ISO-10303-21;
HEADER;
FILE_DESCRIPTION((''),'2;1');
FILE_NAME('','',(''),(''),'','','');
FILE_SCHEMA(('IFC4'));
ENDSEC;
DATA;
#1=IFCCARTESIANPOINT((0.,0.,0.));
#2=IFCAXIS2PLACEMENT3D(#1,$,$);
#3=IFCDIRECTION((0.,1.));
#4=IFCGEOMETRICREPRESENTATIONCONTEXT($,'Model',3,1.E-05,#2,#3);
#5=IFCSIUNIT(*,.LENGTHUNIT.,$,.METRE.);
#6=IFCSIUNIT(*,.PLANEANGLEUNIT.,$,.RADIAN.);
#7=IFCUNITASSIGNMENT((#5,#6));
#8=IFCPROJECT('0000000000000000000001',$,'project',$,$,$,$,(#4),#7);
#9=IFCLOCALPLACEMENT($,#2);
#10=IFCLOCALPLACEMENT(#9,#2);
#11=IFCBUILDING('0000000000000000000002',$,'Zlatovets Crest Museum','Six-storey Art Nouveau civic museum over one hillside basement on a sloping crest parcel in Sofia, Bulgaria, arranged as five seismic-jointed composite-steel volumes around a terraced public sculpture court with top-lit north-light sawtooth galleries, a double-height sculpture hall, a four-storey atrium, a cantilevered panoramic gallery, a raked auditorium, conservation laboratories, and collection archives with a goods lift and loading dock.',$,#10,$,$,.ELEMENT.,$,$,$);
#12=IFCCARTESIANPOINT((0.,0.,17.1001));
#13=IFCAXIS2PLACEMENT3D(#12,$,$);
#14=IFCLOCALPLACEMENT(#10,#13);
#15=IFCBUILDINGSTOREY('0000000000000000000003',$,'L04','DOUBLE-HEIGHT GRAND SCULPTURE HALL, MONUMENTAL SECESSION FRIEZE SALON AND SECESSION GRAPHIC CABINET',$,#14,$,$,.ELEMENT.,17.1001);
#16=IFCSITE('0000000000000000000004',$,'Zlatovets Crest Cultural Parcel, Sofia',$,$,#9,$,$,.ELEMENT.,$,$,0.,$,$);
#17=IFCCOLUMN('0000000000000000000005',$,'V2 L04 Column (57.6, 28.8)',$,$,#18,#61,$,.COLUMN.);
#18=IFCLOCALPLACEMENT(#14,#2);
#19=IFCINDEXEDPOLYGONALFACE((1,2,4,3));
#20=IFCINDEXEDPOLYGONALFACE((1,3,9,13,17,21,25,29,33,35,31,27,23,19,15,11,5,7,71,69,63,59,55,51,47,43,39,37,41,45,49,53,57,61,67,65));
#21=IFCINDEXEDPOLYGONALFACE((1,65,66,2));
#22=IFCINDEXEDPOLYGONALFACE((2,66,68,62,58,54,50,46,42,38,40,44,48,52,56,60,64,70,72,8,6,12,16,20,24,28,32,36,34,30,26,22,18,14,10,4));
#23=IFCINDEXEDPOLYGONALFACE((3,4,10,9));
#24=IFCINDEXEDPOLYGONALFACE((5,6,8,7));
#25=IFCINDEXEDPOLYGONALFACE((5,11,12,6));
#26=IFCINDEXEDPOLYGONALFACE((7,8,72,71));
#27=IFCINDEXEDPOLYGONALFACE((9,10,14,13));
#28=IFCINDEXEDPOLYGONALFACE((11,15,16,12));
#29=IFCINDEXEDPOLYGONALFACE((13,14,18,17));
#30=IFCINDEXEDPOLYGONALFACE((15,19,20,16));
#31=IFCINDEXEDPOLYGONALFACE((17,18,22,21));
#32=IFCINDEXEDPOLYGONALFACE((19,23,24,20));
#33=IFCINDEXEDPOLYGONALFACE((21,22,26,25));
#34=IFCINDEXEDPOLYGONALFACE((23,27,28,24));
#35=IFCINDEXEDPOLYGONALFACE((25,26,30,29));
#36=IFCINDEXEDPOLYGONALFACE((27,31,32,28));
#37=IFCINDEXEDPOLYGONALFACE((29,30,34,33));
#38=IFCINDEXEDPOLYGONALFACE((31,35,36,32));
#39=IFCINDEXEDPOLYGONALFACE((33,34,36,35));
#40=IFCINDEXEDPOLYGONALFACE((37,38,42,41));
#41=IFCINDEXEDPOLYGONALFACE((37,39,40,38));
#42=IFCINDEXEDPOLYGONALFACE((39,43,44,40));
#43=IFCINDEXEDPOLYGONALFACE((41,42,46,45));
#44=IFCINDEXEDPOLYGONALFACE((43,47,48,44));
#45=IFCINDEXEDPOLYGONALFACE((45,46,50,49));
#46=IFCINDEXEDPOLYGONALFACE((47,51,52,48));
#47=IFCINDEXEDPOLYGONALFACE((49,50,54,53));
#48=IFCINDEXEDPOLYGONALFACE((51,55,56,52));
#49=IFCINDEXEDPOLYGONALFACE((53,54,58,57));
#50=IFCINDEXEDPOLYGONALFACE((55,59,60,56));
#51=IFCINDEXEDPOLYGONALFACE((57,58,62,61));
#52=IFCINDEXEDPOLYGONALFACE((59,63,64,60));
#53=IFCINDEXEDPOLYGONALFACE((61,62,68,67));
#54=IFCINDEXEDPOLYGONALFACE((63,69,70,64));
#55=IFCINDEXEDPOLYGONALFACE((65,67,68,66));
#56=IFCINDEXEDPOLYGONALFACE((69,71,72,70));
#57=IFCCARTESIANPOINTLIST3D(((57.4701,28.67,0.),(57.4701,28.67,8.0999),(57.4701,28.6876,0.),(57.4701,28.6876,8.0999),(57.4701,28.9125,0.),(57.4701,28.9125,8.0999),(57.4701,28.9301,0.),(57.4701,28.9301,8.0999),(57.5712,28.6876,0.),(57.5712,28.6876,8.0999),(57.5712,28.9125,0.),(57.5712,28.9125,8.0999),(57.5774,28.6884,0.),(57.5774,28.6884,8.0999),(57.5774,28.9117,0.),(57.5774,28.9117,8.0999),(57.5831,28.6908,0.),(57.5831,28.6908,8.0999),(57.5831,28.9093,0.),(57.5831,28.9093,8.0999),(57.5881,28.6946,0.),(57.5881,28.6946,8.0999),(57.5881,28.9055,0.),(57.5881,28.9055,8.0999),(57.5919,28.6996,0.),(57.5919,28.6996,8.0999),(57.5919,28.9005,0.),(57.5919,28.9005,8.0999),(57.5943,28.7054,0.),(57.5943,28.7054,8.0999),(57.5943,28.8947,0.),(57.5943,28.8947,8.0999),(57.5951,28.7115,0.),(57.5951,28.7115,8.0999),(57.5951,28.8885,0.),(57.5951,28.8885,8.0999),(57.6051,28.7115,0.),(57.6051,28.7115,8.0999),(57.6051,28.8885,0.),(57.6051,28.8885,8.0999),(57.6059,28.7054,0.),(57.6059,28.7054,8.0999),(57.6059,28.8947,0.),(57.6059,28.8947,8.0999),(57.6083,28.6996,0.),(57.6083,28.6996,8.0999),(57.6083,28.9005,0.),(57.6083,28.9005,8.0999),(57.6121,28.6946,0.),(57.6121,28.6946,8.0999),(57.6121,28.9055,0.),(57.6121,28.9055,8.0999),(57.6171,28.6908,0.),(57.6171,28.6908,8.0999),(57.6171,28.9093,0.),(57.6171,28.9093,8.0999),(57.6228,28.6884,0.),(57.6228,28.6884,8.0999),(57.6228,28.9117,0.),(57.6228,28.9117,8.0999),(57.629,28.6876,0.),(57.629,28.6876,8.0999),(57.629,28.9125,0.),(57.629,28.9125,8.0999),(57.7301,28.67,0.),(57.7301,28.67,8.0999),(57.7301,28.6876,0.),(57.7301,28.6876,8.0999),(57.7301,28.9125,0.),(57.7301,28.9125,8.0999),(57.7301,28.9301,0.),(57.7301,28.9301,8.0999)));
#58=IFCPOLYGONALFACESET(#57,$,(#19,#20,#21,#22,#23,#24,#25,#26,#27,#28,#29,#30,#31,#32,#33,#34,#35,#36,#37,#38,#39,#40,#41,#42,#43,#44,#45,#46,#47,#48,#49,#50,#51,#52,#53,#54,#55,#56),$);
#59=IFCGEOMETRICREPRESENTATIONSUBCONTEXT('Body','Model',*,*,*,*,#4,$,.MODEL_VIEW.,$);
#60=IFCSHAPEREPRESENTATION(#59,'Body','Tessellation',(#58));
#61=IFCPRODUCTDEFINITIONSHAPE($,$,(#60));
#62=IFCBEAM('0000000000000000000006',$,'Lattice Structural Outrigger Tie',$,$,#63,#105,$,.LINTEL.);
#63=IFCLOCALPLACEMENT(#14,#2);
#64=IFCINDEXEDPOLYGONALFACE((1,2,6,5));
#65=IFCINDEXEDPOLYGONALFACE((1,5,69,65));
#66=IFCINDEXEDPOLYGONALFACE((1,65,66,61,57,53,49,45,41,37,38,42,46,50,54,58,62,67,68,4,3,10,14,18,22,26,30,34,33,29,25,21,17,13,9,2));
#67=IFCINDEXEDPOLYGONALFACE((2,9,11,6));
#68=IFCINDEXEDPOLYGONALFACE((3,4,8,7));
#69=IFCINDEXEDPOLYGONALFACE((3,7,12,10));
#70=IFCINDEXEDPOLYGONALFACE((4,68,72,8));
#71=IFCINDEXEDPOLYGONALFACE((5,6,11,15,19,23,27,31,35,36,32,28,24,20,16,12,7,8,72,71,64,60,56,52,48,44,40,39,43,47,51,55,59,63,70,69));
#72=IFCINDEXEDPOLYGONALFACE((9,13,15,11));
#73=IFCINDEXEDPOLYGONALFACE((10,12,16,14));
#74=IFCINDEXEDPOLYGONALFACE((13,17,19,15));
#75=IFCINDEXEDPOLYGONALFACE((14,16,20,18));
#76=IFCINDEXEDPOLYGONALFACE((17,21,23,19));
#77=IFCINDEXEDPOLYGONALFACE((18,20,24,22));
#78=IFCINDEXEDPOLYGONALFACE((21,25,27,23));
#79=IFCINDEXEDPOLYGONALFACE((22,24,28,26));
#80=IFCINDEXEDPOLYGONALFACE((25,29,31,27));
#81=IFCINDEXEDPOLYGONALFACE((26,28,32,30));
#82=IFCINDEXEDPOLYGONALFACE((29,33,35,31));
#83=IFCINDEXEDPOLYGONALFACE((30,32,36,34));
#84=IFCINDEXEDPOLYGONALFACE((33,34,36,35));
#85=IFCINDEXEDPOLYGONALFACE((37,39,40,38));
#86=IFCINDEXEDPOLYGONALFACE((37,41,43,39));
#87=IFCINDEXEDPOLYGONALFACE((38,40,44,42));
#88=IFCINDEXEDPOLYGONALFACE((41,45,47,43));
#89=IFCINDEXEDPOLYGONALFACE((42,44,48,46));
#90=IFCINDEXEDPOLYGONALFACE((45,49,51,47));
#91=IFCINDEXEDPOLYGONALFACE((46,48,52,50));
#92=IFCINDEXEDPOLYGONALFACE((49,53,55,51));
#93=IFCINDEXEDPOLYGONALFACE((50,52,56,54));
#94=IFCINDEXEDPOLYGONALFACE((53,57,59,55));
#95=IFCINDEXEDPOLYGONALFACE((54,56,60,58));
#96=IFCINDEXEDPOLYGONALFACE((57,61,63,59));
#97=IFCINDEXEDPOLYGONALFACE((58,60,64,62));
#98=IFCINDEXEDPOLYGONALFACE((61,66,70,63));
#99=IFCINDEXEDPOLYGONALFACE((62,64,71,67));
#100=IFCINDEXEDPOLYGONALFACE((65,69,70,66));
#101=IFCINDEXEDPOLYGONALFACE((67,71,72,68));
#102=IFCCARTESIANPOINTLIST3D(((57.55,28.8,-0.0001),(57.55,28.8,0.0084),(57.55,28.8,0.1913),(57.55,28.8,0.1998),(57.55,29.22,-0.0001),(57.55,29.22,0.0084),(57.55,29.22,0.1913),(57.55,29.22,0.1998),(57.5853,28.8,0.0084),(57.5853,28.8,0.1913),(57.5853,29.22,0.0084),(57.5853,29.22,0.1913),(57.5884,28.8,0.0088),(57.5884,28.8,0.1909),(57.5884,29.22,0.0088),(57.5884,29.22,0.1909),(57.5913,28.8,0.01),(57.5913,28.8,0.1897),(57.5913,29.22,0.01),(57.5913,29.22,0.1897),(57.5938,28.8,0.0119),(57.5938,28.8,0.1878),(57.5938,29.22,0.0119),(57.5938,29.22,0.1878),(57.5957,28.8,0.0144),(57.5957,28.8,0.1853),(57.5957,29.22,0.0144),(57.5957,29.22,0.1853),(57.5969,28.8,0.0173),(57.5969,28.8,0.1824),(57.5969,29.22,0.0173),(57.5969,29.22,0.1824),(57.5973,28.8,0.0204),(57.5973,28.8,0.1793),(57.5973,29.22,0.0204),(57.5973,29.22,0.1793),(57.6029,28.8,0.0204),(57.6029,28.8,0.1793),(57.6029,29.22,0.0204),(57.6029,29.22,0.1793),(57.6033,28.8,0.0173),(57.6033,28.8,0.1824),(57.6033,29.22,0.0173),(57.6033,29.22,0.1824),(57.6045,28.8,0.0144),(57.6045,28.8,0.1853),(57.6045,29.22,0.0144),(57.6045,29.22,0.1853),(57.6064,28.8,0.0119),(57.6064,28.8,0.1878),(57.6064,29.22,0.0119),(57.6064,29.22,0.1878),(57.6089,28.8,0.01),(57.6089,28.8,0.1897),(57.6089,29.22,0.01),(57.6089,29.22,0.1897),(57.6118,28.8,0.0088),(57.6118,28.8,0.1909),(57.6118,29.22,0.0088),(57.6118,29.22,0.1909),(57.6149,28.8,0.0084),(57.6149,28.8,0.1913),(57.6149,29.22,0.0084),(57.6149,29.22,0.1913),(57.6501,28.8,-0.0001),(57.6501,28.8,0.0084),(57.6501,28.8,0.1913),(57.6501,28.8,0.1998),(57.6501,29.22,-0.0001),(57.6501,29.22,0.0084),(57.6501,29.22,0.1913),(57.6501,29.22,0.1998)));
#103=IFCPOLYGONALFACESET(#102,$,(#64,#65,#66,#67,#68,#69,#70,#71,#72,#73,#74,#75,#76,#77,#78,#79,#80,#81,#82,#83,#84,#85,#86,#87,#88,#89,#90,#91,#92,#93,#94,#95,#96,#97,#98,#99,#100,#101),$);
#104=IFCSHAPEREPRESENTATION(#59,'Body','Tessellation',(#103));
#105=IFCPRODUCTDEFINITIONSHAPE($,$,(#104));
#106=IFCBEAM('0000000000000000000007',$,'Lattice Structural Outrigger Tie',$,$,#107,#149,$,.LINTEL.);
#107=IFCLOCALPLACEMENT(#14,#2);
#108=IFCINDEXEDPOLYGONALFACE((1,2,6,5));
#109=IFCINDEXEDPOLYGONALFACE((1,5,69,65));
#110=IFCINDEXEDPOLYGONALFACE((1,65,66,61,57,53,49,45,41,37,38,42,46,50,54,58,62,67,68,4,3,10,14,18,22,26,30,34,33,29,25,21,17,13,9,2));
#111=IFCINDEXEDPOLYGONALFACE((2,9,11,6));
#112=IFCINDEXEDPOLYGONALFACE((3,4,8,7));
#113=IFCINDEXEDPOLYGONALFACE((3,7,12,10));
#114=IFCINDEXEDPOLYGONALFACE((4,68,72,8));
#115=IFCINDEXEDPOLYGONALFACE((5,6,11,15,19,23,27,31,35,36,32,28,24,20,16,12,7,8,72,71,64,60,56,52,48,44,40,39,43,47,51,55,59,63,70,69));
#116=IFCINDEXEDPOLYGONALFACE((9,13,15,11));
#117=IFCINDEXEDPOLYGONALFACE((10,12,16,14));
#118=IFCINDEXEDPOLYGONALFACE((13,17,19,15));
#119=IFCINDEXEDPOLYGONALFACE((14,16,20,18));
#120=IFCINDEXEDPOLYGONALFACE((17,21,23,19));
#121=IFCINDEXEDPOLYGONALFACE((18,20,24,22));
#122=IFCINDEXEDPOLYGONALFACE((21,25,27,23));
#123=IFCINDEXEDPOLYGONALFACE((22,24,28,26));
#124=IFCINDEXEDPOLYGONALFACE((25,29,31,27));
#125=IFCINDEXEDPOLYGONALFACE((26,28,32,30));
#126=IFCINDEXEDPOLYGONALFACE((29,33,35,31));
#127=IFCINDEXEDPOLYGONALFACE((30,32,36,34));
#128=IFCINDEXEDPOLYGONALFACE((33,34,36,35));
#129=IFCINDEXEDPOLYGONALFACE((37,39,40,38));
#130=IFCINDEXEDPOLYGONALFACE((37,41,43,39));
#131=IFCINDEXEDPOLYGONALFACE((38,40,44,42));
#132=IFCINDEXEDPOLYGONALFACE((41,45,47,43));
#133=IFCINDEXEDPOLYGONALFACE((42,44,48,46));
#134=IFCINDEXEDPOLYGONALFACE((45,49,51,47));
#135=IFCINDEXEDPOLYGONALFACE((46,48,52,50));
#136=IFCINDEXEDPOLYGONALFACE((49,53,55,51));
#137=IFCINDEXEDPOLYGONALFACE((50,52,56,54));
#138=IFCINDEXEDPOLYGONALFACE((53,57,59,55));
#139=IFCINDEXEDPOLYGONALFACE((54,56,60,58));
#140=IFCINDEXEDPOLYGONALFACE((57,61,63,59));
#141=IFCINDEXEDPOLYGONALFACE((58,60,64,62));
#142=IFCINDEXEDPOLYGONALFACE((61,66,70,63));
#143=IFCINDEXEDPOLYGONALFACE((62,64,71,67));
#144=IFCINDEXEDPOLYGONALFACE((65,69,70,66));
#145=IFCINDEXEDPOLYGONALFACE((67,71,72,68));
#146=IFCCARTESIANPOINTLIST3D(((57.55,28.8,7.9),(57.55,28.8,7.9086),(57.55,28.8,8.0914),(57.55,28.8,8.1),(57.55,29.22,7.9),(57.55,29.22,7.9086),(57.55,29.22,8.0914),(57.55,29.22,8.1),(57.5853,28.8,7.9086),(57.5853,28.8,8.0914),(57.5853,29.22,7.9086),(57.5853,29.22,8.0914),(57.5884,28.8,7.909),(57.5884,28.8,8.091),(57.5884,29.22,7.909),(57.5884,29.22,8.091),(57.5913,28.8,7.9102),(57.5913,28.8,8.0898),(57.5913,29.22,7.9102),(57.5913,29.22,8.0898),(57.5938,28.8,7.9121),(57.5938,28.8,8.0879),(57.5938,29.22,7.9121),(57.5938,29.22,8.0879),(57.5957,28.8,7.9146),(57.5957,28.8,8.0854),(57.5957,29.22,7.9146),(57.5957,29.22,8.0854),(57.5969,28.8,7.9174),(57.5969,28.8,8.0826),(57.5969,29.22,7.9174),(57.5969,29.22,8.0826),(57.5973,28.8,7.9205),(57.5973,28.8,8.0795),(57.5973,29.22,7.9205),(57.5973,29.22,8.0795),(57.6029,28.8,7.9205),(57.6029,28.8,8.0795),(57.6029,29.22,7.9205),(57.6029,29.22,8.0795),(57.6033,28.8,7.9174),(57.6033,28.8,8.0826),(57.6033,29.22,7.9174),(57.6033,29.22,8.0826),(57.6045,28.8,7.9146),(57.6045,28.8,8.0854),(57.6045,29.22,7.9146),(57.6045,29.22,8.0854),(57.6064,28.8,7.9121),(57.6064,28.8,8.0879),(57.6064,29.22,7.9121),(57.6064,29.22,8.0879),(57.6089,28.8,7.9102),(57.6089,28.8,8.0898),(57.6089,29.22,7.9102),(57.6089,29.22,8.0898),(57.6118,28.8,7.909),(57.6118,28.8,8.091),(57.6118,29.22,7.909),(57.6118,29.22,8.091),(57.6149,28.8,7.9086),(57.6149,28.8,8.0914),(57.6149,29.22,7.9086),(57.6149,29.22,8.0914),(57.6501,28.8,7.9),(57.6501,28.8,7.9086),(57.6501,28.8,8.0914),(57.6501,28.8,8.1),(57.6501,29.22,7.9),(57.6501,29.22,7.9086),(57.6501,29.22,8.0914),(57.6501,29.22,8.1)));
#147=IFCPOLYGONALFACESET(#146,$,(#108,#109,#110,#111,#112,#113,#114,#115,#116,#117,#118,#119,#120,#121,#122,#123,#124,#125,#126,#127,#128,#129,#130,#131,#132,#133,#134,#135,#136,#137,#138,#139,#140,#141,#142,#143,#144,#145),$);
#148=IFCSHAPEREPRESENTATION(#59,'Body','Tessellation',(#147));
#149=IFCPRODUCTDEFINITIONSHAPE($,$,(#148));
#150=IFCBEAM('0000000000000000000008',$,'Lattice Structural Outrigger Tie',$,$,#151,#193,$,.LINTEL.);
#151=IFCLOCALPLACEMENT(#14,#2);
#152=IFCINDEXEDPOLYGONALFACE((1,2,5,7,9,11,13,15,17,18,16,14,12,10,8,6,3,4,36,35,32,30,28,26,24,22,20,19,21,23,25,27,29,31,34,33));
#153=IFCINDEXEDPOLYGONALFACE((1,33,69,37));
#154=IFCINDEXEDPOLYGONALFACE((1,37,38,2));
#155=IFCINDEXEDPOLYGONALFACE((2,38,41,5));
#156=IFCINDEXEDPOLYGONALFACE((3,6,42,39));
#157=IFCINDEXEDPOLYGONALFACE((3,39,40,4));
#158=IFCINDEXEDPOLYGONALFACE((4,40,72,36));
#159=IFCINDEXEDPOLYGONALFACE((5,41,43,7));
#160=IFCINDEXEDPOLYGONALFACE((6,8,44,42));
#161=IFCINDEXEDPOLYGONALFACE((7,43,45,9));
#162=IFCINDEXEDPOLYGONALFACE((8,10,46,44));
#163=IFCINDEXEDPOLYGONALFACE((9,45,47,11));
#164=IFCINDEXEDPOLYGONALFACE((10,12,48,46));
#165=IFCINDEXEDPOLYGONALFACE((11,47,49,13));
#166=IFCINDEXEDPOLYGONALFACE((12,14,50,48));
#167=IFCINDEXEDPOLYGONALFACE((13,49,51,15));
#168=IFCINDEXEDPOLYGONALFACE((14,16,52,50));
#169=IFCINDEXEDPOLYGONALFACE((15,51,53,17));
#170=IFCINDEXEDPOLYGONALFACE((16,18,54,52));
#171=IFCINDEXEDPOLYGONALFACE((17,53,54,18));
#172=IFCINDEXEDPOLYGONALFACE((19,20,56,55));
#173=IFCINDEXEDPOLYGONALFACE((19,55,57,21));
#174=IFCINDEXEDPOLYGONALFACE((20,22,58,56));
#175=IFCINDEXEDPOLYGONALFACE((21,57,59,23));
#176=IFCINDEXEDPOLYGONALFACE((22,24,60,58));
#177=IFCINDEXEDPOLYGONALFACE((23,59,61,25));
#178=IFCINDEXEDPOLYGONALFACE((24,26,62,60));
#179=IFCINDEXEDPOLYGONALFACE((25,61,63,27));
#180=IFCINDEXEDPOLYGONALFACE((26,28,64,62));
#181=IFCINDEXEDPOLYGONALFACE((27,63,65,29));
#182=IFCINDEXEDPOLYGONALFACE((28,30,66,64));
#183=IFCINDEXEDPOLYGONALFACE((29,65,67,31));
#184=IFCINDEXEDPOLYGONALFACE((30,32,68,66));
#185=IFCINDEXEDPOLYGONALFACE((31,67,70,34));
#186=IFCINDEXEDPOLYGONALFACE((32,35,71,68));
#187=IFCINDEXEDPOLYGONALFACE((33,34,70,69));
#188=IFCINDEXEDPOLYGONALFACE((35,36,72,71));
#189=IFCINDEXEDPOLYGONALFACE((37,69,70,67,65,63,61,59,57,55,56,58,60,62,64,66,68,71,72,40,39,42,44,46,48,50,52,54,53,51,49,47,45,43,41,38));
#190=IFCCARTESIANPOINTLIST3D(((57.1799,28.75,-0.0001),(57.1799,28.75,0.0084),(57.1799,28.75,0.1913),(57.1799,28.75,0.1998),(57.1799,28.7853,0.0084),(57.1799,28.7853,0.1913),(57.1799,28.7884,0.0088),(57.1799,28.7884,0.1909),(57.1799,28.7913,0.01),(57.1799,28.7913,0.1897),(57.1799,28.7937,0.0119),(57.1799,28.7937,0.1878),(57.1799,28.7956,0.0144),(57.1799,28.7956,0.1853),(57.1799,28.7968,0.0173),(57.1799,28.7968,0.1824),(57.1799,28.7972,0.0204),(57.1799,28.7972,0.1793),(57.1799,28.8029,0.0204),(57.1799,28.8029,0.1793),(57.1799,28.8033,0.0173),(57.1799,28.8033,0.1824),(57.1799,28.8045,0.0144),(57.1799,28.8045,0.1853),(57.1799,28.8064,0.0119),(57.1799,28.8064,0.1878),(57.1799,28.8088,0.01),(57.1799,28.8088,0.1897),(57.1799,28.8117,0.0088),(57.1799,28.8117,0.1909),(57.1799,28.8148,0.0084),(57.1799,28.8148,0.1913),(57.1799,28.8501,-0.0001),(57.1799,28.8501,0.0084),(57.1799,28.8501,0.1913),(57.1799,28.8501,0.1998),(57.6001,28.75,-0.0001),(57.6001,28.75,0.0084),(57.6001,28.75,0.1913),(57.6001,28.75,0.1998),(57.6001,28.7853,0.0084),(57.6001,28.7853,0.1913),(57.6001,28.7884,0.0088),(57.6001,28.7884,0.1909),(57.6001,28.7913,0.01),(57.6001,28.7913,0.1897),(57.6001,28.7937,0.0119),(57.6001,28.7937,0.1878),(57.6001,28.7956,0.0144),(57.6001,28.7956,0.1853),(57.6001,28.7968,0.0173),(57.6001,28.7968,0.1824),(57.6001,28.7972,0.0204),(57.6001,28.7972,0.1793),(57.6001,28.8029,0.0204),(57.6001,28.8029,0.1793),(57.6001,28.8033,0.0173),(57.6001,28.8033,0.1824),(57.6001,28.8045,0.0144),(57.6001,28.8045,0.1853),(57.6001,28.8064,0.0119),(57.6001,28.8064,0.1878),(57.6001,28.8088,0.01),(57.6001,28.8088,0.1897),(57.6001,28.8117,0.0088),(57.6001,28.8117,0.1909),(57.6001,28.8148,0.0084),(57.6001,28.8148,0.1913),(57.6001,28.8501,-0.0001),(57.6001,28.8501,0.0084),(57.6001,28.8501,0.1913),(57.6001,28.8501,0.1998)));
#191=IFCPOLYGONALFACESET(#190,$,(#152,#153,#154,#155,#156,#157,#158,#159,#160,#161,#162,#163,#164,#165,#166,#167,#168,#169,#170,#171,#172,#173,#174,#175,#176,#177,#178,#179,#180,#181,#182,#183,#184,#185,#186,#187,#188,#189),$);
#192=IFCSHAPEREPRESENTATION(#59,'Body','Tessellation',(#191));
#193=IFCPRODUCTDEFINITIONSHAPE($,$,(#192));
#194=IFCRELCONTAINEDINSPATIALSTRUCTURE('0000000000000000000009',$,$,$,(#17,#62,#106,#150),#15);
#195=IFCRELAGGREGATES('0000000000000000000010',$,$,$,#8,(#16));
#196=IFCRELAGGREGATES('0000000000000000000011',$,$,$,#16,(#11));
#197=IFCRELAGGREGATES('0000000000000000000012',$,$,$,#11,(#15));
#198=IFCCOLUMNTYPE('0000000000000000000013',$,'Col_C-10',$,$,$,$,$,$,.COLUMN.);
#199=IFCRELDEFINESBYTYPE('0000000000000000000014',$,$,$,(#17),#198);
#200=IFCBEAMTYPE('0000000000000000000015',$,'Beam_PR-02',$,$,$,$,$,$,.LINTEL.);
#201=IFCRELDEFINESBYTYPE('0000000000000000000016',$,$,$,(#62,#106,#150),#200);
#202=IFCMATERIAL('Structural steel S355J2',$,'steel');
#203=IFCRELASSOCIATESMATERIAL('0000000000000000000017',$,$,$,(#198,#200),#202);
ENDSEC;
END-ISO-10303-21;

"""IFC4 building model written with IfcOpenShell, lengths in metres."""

from ifc_helpers import new_model, si_unit, direction, frame, origin, origin_2d, place, context, subcontext, project, spatial, i_section, extrude, material, material_profile, profile_set, type_object, element, save


model = new_model("IFC4")

# Units and contexts
model_context = context("Model", 3, precision=1e-05, world=origin(), true_north=direction((0.0, 1.0)))
body_context = subcontext(model_context, "Body", "Model", "MODEL_VIEW")
ifc_project = project(units=[si_unit("LENGTHUNIT", "METRE"), si_unit("PLANEANGLEUNIT", "RADIAN")], contexts=[model_context])

# Site, building, storey
site_placement = place(None, origin())
site = spatial("IfcSite", under=ifc_project, at=site_placement, Name="Zlatovets Crest Cultural Parcel, Sofia", CompositionType="ELEMENT", RefElevation=0.0)
building_placement = place(site_placement, origin())
building = spatial("IfcBuilding", under=site, at=building_placement, Name="Zlatovets Crest Museum", Description="Six-storey Art Nouveau civic museum over one hillside basement on a sloping crest parcel in Sofia, Bulgaria, arranged as five seismic-jointed composite-steel volumes around a terraced public sculpture court with top-lit north-light sawtooth galleries, a double-height sculpture hall, a four-storey atrium, a cantilevered panoramic gallery, a raked auditorium, conservation laboratories, and collection archives with a goods lift and loading dock.", CompositionType="ELEMENT")
storey_placement = place(building_placement, frame((0.0, 0.0, 17.1001)))
storey = spatial("IfcBuildingStorey", under=building, at=storey_placement, Name="L04", Description="DOUBLE-HEIGHT GRAND SCULPTURE HALL, MONUMENTAL SECESSION FRIEZE SALON AND SECESSION GRAPHIC CABINET", CompositionType="ELEMENT", Elevation=17.1001)

# Column
ifc_material_1 = material(Name="Structural steel S355J2", Category="steel")
ifc_material_profile_1 = material_profile(ifc_material_1, i_section(OverallWidth=0.26, OverallDepth=0.26, WebThickness=0.01, FlangeThickness=0.0176, FilletRadius=0.0239, at=origin_2d()), Name="HEB 260")
ifc_profile_set_1 = profile_set([ifc_material_profile_1], Name="Structural steel S355J2")
column_type = type_object("IfcColumnType", Name="Col_C-10", PredefinedType="COLUMN", material=ifc_profile_set_1)
column_placement = place(storey_placement, frame((57.6001, 28.8, 0.0), z_axis=(0.0, 0.0, 1.0), x_axis=(1.0, 0.0, 0.0)))
element("IfcColumn", 1, at=column_placement, inside=storey, type_object=column_type, Name="V2 L04 Column (57.6, 28.8)", PredefinedType="COLUMN", context=body_context, shape_type="SweptSolid", body=[
    extrude(i_section(OverallWidth=0.26, OverallDepth=0.26, WebThickness=0.01, FlangeThickness=0.0176, FilletRadius=0.0239, at=origin_2d()), origin(), (0.0, 0.0, 1.0), 8.0999),
])

# Beams
ifc_material_profile_2 = material_profile(ifc_material_1, i_section(OverallWidth=0.1001, OverallDepth=0.2, WebThickness=0.0056, FlangeThickness=0.0085, FilletRadius=0.012, at=origin_2d()), Name="IPE 200")
ifc_profile_set_2 = profile_set([ifc_material_profile_2], Name="Structural steel S355J2")
beam_type = type_object("IfcBeamType", Name="Beam_PR-02", PredefinedType="LINTEL", material=ifc_profile_set_2)
for number, where, z_axis, x_axis, name in (
    (2, (57.6001, 28.8, 0.0999), (0.0, 1.0, 0.0), (-1.0, 0.0, 0.0), "Lattice Structural Outrigger Tie"),
    (3, (57.6001, 28.8, 8.0), (0.0, 1.0, 0.0), (-1.0, 0.0, 0.0), "Lattice Structural Outrigger Tie"),
):
    element("IfcBeam", number, at=place(storey_placement, frame(where, z_axis=z_axis, x_axis=x_axis)), inside=storey, type_object=beam_type, Name=name, PredefinedType="LINTEL", context=body_context, shape_type="SweptSolid", body=[
        extrude(i_section(OverallWidth=0.1001, OverallDepth=0.2, WebThickness=0.0056, FlangeThickness=0.0085, FilletRadius=0.012, at=origin_2d()), origin(), (0.0, 0.0, 1.0), 0.4199),
    ])
for number, where, z_axis, x_axis, name in (
    (4, (57.6001, 28.8, 0.0999), (-1.0, 0.0, 0.0), (0.0, -1.0, 0.0), "Lattice Structural Outrigger Tie"),
):
    element("IfcBeam", number, at=place(storey_placement, frame(where, z_axis=z_axis, x_axis=x_axis)), inside=storey, type_object=beam_type, Name=name, PredefinedType="LINTEL", context=body_context, shape_type="SweptSolid", body=[
        extrude(i_section(OverallWidth=0.1001, OverallDepth=0.2, WebThickness=0.0056, FlangeThickness=0.0085, FilletRadius=0.012, at=origin_2d()), origin(), (0.0, 0.0, 1.0), 0.4202),
    ])

save(model, "model.ifc")
